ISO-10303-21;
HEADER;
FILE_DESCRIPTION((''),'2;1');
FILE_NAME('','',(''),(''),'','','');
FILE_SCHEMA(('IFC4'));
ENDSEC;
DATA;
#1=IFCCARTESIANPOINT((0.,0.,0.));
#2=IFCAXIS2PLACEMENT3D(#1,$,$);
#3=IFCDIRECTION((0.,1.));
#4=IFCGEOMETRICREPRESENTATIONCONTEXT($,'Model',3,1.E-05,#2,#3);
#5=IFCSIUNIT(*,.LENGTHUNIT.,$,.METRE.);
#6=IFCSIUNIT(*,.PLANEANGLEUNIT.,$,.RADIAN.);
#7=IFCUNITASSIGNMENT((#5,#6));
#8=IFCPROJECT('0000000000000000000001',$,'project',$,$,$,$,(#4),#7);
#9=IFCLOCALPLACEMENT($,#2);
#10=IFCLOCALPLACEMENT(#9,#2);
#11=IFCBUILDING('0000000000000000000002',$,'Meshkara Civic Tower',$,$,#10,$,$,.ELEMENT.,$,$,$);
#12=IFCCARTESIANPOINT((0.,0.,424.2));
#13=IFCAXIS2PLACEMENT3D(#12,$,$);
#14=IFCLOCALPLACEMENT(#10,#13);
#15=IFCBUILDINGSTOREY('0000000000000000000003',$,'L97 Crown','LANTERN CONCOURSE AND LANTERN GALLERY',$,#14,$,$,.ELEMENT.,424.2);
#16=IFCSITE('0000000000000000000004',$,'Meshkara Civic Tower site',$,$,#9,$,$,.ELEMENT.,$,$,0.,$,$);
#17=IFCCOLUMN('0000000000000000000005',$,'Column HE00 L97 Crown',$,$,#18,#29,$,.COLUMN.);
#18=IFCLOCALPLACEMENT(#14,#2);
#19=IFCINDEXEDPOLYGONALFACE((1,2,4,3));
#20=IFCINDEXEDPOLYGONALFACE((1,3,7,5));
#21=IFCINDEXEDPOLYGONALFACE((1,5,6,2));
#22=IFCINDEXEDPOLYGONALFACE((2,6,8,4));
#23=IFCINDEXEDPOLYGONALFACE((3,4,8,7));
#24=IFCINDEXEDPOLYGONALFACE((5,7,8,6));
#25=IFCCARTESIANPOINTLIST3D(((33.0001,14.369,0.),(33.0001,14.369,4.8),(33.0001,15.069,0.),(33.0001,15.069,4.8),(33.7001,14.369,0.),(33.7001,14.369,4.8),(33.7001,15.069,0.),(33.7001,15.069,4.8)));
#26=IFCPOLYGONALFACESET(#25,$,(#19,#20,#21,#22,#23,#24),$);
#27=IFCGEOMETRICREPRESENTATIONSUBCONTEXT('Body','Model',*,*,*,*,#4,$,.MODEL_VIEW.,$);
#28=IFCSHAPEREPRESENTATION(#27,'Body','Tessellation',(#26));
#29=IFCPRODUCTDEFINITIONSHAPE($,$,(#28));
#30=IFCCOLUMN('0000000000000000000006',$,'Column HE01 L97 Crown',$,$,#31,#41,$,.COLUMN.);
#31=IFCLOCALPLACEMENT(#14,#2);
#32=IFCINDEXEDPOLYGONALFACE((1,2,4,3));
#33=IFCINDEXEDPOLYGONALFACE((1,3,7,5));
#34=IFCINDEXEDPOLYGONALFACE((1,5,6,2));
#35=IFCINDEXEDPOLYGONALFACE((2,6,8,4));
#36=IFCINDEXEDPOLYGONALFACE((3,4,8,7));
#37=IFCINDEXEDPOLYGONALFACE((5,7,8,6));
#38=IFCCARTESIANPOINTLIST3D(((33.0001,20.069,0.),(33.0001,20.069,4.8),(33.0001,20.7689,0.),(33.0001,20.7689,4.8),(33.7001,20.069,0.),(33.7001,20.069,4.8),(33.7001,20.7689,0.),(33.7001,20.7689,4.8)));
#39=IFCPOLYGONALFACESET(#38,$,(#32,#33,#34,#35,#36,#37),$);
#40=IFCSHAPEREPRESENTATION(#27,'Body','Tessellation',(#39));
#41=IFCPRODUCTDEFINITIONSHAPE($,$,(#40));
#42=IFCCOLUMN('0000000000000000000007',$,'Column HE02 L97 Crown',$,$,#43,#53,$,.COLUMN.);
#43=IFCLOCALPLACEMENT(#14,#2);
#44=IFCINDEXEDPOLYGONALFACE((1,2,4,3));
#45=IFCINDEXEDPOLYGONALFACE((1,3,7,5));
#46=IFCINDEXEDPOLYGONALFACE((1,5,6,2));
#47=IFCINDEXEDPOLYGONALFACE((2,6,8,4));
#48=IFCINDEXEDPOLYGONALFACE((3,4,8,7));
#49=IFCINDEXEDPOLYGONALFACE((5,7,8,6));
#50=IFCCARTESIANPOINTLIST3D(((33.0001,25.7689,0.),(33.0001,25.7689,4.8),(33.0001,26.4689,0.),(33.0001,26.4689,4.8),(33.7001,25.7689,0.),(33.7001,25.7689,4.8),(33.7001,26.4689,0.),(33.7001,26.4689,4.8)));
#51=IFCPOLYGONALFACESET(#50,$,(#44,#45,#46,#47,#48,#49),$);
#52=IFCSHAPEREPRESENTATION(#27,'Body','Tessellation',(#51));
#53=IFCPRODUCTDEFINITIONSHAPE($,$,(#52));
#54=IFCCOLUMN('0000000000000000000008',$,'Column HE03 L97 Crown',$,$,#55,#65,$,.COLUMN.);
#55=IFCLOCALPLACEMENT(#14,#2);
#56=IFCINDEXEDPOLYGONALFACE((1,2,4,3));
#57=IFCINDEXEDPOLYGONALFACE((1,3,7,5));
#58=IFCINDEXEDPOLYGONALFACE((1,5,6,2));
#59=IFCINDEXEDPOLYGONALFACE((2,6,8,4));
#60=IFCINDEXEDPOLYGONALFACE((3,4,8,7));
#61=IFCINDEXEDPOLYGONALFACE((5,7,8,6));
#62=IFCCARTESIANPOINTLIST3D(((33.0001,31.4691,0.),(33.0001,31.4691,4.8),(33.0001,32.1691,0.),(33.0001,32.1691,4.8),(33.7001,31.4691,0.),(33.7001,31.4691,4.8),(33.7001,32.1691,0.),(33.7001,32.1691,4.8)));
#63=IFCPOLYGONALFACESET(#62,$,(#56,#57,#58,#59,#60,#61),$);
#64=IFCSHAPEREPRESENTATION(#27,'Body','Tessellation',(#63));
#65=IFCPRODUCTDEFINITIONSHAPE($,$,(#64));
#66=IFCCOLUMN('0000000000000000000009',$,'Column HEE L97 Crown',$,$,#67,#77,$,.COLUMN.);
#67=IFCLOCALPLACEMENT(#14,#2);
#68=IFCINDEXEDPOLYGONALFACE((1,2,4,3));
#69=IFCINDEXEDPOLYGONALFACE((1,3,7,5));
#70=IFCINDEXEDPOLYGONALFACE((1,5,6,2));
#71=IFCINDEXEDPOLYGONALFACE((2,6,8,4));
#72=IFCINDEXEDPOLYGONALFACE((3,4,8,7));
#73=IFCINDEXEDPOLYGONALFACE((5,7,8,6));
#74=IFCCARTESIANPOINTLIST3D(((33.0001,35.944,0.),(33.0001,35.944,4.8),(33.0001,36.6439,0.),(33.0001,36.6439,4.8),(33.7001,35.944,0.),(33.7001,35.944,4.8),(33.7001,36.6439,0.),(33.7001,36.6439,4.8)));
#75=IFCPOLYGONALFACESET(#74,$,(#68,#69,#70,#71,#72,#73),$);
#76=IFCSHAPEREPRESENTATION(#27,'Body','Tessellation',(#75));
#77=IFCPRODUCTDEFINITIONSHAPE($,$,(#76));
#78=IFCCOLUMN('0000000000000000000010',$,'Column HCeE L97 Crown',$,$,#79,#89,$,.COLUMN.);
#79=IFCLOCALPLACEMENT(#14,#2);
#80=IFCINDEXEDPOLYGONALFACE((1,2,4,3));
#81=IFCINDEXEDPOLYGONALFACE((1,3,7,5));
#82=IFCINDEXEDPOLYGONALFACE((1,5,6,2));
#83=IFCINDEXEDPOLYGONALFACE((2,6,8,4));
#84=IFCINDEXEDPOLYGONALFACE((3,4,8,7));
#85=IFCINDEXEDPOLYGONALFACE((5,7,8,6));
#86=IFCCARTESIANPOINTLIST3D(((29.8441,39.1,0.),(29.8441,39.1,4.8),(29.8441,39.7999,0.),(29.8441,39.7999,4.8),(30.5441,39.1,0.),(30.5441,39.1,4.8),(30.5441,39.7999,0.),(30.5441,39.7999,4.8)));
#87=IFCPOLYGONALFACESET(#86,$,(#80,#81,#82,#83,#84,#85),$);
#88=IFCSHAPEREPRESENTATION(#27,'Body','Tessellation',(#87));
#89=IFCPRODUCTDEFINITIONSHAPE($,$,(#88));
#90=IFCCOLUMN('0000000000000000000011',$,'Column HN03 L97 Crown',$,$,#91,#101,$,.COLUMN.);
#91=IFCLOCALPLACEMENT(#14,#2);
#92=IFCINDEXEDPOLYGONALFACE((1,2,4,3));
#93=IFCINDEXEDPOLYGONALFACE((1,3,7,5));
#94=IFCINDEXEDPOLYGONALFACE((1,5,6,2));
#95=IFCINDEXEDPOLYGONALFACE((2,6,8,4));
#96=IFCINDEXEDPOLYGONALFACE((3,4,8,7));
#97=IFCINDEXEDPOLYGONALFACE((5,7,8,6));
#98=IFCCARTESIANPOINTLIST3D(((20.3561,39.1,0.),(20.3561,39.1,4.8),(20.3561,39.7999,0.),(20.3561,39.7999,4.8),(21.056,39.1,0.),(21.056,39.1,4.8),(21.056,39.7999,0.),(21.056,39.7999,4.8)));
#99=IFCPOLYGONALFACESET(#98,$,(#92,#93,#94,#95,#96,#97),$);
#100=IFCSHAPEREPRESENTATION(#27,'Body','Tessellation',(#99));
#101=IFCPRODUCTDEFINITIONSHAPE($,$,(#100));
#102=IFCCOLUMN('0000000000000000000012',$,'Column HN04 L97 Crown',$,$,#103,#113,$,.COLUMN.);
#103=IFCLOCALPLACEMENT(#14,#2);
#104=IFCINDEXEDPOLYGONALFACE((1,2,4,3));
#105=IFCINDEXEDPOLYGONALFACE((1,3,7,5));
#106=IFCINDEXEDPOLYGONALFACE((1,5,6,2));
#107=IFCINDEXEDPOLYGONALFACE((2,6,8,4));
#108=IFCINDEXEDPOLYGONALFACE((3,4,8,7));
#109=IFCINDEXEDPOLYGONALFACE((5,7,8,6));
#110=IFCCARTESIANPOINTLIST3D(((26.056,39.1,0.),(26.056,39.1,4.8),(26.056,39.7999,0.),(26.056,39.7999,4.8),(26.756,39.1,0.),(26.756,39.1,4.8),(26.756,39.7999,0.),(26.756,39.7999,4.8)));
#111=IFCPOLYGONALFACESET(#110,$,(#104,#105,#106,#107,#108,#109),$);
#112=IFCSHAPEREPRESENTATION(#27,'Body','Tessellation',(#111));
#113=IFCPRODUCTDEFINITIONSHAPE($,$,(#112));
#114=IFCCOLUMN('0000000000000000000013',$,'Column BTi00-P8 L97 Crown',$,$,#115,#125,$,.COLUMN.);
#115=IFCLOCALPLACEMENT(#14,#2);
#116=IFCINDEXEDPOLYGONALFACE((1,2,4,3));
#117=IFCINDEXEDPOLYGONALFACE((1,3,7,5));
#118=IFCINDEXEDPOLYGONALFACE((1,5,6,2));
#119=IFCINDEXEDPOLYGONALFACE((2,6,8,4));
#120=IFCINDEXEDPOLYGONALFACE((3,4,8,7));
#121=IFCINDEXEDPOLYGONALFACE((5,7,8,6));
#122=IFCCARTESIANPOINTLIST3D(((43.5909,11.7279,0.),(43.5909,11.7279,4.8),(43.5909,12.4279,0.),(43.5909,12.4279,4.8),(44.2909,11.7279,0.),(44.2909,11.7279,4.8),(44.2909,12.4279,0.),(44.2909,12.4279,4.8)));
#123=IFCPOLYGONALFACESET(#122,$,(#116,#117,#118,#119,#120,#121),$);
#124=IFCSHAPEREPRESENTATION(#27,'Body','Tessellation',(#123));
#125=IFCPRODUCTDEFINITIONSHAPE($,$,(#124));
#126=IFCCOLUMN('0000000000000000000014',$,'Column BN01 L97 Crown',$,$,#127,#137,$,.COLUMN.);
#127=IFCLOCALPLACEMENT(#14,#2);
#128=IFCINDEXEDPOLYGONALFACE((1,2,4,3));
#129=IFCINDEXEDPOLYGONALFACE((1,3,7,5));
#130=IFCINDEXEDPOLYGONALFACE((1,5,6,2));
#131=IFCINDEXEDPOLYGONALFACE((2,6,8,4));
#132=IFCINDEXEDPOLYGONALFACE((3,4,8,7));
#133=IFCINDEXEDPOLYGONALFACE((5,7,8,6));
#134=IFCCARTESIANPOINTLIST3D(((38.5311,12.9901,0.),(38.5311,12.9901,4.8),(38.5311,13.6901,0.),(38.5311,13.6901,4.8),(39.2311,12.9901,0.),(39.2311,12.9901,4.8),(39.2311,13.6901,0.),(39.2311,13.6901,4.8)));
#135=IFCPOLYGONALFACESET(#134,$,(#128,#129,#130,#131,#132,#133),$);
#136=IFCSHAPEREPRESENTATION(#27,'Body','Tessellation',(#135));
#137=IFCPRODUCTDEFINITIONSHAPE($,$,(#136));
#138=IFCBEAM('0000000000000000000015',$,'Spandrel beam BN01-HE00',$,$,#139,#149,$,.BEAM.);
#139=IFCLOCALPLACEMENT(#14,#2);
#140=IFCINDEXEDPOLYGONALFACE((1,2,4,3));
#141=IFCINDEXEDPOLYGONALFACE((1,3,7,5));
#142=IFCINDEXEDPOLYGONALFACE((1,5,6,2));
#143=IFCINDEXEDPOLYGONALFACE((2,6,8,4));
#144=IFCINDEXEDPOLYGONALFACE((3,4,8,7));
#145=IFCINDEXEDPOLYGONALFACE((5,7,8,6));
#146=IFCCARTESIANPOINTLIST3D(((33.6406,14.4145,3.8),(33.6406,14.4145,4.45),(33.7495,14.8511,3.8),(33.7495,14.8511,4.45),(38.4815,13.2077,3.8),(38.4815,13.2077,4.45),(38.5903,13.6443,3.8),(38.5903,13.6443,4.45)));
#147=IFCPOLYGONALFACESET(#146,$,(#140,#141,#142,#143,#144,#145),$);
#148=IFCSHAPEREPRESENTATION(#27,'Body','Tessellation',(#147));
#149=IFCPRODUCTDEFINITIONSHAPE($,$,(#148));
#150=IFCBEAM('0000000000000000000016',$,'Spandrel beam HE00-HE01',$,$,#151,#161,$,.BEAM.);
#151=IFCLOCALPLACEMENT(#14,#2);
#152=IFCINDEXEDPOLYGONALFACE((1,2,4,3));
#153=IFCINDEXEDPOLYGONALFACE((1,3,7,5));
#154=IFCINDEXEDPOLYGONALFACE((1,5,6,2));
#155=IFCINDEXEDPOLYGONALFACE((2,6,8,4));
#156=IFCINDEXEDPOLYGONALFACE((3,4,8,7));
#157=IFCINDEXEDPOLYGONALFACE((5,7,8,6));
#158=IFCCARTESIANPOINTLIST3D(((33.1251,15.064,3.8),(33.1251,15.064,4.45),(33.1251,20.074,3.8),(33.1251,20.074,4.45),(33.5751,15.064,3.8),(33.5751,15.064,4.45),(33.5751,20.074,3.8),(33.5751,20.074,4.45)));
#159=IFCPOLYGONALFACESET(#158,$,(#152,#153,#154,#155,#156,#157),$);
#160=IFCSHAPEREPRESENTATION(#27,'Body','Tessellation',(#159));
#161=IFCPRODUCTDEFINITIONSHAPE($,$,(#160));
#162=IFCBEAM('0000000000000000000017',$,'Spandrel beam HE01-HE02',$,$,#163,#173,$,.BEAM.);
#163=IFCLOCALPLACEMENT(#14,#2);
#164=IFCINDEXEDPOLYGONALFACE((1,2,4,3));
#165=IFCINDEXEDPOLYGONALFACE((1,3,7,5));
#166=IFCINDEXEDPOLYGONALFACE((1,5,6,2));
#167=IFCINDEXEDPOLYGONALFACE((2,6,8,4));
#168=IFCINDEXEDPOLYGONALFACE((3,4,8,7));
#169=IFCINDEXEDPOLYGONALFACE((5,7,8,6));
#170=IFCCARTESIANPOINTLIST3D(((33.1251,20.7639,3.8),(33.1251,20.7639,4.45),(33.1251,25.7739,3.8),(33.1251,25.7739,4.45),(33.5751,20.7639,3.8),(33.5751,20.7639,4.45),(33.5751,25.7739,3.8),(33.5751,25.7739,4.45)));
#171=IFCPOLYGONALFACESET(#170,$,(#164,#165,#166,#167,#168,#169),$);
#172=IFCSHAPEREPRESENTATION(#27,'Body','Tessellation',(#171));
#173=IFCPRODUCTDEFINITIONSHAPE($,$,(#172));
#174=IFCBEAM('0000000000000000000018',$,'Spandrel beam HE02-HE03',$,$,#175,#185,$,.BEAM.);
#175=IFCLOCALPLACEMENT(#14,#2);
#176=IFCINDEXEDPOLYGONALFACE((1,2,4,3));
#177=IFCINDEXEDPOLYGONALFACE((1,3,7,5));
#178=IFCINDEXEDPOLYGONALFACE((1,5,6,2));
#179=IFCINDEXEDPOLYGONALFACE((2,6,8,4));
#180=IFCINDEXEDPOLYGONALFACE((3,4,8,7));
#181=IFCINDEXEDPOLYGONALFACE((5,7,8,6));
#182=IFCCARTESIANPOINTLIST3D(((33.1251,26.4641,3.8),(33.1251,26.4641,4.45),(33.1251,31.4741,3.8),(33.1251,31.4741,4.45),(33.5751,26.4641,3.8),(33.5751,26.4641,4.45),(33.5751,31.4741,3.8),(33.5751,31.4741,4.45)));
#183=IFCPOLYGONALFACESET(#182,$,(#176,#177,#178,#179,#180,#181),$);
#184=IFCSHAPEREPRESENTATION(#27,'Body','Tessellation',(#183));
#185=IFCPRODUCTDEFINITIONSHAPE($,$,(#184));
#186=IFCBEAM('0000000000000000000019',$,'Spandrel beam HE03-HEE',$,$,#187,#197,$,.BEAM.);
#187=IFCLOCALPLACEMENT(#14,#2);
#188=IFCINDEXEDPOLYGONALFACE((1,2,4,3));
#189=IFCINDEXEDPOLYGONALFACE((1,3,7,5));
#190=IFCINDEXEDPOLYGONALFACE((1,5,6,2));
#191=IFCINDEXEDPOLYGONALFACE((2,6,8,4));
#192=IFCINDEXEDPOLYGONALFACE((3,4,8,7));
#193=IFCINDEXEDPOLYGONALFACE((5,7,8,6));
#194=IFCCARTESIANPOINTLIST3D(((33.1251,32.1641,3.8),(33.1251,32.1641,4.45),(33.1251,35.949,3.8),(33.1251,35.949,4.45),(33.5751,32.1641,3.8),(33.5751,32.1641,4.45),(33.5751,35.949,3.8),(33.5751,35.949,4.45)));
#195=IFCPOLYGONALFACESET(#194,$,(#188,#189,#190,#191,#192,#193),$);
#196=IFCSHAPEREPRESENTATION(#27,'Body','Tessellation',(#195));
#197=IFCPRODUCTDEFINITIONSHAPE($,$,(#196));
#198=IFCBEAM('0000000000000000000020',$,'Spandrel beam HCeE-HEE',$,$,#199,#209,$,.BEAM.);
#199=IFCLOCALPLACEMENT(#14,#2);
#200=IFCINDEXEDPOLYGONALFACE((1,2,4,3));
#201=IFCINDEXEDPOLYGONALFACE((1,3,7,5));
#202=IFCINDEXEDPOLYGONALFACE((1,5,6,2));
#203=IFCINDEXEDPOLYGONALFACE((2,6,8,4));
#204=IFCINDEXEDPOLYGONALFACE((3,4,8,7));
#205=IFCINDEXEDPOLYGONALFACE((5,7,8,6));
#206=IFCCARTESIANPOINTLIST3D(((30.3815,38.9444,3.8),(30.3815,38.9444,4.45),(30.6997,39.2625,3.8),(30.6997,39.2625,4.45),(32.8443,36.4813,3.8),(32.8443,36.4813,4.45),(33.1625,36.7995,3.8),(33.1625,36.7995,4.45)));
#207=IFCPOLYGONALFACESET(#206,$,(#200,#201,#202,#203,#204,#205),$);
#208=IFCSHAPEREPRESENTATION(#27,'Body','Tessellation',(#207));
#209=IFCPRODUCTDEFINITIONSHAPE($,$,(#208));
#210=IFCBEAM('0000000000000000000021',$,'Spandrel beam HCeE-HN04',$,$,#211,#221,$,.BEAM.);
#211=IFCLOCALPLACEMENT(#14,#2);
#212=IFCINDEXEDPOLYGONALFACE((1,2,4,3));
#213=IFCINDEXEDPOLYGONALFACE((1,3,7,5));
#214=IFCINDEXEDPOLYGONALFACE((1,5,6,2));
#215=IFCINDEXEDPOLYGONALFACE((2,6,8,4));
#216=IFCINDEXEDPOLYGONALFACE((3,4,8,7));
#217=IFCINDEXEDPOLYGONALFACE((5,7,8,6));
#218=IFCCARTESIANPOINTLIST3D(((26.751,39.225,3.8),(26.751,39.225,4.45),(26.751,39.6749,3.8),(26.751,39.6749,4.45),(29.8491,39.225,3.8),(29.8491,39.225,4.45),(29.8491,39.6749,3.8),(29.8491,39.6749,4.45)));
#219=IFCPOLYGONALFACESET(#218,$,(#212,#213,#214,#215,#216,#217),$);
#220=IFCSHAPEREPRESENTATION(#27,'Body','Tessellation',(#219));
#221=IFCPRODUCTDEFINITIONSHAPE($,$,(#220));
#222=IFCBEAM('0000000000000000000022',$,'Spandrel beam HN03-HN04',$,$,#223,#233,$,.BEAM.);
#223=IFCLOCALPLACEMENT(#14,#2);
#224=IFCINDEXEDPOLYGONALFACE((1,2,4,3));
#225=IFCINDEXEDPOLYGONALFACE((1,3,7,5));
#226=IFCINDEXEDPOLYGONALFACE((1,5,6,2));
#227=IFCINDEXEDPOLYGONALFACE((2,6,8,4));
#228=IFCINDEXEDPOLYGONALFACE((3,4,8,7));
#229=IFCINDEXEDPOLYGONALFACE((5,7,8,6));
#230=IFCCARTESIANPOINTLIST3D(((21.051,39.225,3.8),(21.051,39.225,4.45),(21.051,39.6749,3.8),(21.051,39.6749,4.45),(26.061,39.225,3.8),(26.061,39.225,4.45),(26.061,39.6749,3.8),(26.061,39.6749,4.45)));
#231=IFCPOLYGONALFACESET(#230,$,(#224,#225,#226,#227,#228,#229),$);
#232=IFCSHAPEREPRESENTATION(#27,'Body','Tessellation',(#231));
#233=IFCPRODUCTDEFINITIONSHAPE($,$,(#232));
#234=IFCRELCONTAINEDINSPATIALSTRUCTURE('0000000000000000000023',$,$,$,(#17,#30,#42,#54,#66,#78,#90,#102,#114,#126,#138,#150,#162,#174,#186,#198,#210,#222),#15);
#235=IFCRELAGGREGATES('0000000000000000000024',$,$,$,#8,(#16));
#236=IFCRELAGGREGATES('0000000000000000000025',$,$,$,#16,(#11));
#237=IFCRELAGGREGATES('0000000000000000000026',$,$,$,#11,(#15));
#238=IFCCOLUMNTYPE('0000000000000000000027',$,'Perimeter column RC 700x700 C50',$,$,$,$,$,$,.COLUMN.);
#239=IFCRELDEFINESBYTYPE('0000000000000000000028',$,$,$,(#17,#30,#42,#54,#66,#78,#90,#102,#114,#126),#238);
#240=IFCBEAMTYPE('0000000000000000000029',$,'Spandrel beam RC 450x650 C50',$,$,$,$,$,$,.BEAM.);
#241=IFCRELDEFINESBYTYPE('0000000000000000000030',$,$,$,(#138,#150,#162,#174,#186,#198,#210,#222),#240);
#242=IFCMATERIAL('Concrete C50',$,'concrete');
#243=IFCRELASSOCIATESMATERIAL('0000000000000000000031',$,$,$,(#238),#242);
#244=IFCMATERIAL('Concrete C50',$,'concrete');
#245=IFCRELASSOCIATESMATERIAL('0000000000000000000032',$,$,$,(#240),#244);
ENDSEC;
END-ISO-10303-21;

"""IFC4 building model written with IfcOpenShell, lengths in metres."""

from ifc_helpers import new_model, si_unit, direction, frame, origin, origin_2d, place, context, subcontext, project, spatial, rectangle, extrude, material, material_profile, profile_set, type_object, element, save


model = new_model("IFC4")

# Units and contexts
model_context = context("Model", 3, precision=1e-05, world=origin(), true_north=direction((0.0, 1.0)))
body_context = subcontext(model_context, "Body", "Model", "MODEL_VIEW")
ifc_project = project(units=[si_unit("LENGTHUNIT", "METRE"), si_unit("PLANEANGLEUNIT", "RADIAN")], contexts=[model_context])

# Site, building, storey
site_placement = place(None, origin())
site = spatial("IfcSite", under=ifc_project, at=site_placement, Name="Meshkara Civic Tower site", CompositionType="ELEMENT", RefElevation=0.0)
building_placement = place(site_placement, origin())
building = spatial("IfcBuilding", under=site, at=building_placement, Name="Meshkara Civic Tower", CompositionType="ELEMENT")
storey_placement = place(building_placement, frame((0.0, 0.0, 424.2)))
storey = spatial("IfcBuildingStorey", under=building, at=storey_placement, Name="L97 Crown", Description="LANTERN CONCOURSE AND LANTERN GALLERY", CompositionType="ELEMENT", Elevation=424.2)

# Columns
ifc_material_1 = material(Name="Concrete C50", Category="concrete")
ifc_material_profile_1 = material_profile(ifc_material_1, rectangle(XDim=0.7, YDim=0.7, at=origin_2d()))
ifc_profile_set_1 = profile_set([ifc_material_profile_1], Name="Concrete C50")
column_type = type_object("IfcColumnType", Name="Perimeter column RC 700x700 C50", PredefinedType="COLUMN", material=ifc_profile_set_1)
for number, where, z_axis, x_axis, name in (
    (1, (33.3501, 14.719, 0.0), (0.0, 0.0, 1.0), (1.0, 0.0, 0.0), "Column HE00 L97 Crown"),
    (2, (33.3501, 20.4189, 0.0), (0.0, 0.0, 1.0), (1.0, 0.0, 0.0), "Column HE01 L97 Crown"),
    (3, (33.3501, 26.1189, 0.0), (0.0, 0.0, 1.0), (1.0, 0.0, 0.0), "Column HE02 L97 Crown"),
    (4, (33.3501, 31.8191, 0.0), (0.0, 0.0, 1.0), (1.0, 0.0, 0.0), "Column HE03 L97 Crown"),
    (5, (33.3501, 36.2939, 0.0), (0.0, 0.0, 1.0), (1.0, 0.0, 0.0), "Column HEE L97 Crown"),
    (6, (30.1941, 39.45, 0.0), (0.0, 0.0, 1.0), (1.0, 0.0, 0.0), "Column HCeE L97 Crown"),
    (7, (20.7061, 39.45, 0.0), (0.0, 0.0, 1.0), (1.0, 0.0, 0.0), "Column HN03 L97 Crown"),
    (8, (26.406, 39.45, 0.0), (0.0, 0.0, 1.0), (1.0, 0.0, 0.0), "Column HN04 L97 Crown"),
    (9, (43.9409, 12.0779, 0.0), (0.0, 0.0, 1.0), (1.0, 0.0, 0.0), "Column BTi00-P8 L97 Crown"),
    (10, (38.8811, 13.3401, 0.0), (0.0, 0.0, 1.0), (1.0, 0.0, 0.0), "Column BN01 L97 Crown"),
):
    element("IfcColumn", number, at=place(storey_placement, frame(where, z_axis=z_axis, x_axis=x_axis)), inside=storey, type_object=column_type, Name=name, PredefinedType="COLUMN", context=body_context, shape_type="SweptSolid", body=[
        extrude(rectangle(XDim=0.7, YDim=0.7, at=origin_2d()), origin(), (0.0, 0.0, 1.0), 4.8),
    ])

# Beams
ifc_material_2 = material(Name="Concrete C50", Category="concrete")
ifc_material_profile_2 = material_profile(ifc_material_2, rectangle(XDim=0.45, YDim=0.6499, at=origin_2d()))
ifc_profile_set_2 = profile_set([ifc_material_profile_2], Name="Concrete C50")
beam_type = type_object("IfcBeamType", Name="Spandrel beam RC 450x650 C50", PredefinedType="BEAM", material=ifc_profile_set_2)
beam_1_placement = place(storey_placement, frame((38.5359, 13.426, 4.125), z_axis=(-0.970303, 0.241891, 0.0), x_axis=(-0.241891, -0.970303, 0.0)))
element("IfcBeam", 11, at=beam_1_placement, inside=storey, type_object=beam_type, Name="Spandrel beam BN01-HE00", PredefinedType="BEAM", context=body_context, shape_type="SweptSolid", body=[
    extrude(rectangle(XDim=0.45, YDim=0.6499, at=origin_2d()), origin(), (0.0, 0.0, 1.0), 4.989),
])
for number, where, z_axis, x_axis, name in (
    (12, (33.3501, 15.064, 4.125), (0.0, 1.0, 0.0), (-1.0, 0.0, 0.0), "Spandrel beam HE00-HE01"),
    (13, (33.3501, 20.7639, 4.125), (0.0, 1.0, 0.0), (-1.0, 0.0, 0.0), "Spandrel beam HE01-HE02"),
    (14, (33.3501, 26.4641, 4.125), (0.0, 1.0, 0.0), (-1.0, 0.0, 0.0), "Spandrel beam HE02-HE03"),
):
    element("IfcBeam", number, at=place(storey_placement, frame(where, z_axis=z_axis, x_axis=x_axis)), inside=storey, type_object=beam_type, Name=name, PredefinedType="BEAM", context=body_context, shape_type="SweptSolid", body=[
        extrude(rectangle(XDim=0.45, YDim=0.6499, at=origin_2d()), origin(), (0.0, 0.0, 1.0), 5.01),
    ])
beam_2_placement = place(storey_placement, frame((33.3501, 32.1641, 4.125), z_axis=(0.0, 1.0, 0.0), x_axis=(-1.0, 0.0, 0.0)))
element("IfcBeam", 15, at=beam_2_placement, inside=storey, type_object=beam_type, Name="Spandrel beam HE03-HEE", PredefinedType="BEAM", context=body_context, shape_type="SweptSolid", body=[
    extrude(rectangle(XDim=0.45, YDim=0.6499, at=origin_2d()), origin(), (0.0, 0.0, 1.0), 3.7849),
])
beam_3_placement = place(storey_placement, frame((33.0034, 36.6404, 4.125), z_axis=(-0.707072, 0.707142, 0.0), x_axis=(-0.707142, -0.707072, 0.0)))
element("IfcBeam", 16, at=beam_3_placement, inside=storey, type_object=beam_type, Name="Spandrel beam HCeE-HEE", PredefinedType="BEAM", context=body_context, shape_type="SweptSolid", body=[
    extrude(rectangle(XDim=0.45, YDim=0.6499, at=origin_2d()), origin(), (0.0, 0.0, 1.0), 3.4832),
])
beam_4_placement = place(storey_placement, frame((29.8491, 39.45, 4.125), z_axis=(-1.0, 0.0, 0.0), x_axis=(0.0, -1.0, 0.0)))
element("IfcBeam", 17, at=beam_4_placement, inside=storey, type_object=beam_type, Name="Spandrel beam HCeE-HN04", PredefinedType="BEAM", context=body_context, shape_type="SweptSolid", body=[
    extrude(rectangle(XDim=0.45, YDim=0.6499, at=origin_2d()), origin(), (0.0, 0.0, 1.0), 3.0981),
])
for number, where, z_axis, x_axis, name in (
    (18, (26.061, 39.45, 4.125), (-1.0, 0.0, 0.0), (0.0, -1.0, 0.0), "Spandrel beam HN03-HN04"),
):
    element("IfcBeam", number, at=place(storey_placement, frame(where, z_axis=z_axis, x_axis=x_axis)), inside=storey, type_object=beam_type, Name=name, PredefinedType="BEAM", context=body_context, shape_type="SweptSolid", body=[
        extrude(rectangle(XDim=0.45, YDim=0.6499, at=origin_2d()), origin(), (0.0, 0.0, 1.0), 5.01),
    ])

save(model, "model.ifc")
